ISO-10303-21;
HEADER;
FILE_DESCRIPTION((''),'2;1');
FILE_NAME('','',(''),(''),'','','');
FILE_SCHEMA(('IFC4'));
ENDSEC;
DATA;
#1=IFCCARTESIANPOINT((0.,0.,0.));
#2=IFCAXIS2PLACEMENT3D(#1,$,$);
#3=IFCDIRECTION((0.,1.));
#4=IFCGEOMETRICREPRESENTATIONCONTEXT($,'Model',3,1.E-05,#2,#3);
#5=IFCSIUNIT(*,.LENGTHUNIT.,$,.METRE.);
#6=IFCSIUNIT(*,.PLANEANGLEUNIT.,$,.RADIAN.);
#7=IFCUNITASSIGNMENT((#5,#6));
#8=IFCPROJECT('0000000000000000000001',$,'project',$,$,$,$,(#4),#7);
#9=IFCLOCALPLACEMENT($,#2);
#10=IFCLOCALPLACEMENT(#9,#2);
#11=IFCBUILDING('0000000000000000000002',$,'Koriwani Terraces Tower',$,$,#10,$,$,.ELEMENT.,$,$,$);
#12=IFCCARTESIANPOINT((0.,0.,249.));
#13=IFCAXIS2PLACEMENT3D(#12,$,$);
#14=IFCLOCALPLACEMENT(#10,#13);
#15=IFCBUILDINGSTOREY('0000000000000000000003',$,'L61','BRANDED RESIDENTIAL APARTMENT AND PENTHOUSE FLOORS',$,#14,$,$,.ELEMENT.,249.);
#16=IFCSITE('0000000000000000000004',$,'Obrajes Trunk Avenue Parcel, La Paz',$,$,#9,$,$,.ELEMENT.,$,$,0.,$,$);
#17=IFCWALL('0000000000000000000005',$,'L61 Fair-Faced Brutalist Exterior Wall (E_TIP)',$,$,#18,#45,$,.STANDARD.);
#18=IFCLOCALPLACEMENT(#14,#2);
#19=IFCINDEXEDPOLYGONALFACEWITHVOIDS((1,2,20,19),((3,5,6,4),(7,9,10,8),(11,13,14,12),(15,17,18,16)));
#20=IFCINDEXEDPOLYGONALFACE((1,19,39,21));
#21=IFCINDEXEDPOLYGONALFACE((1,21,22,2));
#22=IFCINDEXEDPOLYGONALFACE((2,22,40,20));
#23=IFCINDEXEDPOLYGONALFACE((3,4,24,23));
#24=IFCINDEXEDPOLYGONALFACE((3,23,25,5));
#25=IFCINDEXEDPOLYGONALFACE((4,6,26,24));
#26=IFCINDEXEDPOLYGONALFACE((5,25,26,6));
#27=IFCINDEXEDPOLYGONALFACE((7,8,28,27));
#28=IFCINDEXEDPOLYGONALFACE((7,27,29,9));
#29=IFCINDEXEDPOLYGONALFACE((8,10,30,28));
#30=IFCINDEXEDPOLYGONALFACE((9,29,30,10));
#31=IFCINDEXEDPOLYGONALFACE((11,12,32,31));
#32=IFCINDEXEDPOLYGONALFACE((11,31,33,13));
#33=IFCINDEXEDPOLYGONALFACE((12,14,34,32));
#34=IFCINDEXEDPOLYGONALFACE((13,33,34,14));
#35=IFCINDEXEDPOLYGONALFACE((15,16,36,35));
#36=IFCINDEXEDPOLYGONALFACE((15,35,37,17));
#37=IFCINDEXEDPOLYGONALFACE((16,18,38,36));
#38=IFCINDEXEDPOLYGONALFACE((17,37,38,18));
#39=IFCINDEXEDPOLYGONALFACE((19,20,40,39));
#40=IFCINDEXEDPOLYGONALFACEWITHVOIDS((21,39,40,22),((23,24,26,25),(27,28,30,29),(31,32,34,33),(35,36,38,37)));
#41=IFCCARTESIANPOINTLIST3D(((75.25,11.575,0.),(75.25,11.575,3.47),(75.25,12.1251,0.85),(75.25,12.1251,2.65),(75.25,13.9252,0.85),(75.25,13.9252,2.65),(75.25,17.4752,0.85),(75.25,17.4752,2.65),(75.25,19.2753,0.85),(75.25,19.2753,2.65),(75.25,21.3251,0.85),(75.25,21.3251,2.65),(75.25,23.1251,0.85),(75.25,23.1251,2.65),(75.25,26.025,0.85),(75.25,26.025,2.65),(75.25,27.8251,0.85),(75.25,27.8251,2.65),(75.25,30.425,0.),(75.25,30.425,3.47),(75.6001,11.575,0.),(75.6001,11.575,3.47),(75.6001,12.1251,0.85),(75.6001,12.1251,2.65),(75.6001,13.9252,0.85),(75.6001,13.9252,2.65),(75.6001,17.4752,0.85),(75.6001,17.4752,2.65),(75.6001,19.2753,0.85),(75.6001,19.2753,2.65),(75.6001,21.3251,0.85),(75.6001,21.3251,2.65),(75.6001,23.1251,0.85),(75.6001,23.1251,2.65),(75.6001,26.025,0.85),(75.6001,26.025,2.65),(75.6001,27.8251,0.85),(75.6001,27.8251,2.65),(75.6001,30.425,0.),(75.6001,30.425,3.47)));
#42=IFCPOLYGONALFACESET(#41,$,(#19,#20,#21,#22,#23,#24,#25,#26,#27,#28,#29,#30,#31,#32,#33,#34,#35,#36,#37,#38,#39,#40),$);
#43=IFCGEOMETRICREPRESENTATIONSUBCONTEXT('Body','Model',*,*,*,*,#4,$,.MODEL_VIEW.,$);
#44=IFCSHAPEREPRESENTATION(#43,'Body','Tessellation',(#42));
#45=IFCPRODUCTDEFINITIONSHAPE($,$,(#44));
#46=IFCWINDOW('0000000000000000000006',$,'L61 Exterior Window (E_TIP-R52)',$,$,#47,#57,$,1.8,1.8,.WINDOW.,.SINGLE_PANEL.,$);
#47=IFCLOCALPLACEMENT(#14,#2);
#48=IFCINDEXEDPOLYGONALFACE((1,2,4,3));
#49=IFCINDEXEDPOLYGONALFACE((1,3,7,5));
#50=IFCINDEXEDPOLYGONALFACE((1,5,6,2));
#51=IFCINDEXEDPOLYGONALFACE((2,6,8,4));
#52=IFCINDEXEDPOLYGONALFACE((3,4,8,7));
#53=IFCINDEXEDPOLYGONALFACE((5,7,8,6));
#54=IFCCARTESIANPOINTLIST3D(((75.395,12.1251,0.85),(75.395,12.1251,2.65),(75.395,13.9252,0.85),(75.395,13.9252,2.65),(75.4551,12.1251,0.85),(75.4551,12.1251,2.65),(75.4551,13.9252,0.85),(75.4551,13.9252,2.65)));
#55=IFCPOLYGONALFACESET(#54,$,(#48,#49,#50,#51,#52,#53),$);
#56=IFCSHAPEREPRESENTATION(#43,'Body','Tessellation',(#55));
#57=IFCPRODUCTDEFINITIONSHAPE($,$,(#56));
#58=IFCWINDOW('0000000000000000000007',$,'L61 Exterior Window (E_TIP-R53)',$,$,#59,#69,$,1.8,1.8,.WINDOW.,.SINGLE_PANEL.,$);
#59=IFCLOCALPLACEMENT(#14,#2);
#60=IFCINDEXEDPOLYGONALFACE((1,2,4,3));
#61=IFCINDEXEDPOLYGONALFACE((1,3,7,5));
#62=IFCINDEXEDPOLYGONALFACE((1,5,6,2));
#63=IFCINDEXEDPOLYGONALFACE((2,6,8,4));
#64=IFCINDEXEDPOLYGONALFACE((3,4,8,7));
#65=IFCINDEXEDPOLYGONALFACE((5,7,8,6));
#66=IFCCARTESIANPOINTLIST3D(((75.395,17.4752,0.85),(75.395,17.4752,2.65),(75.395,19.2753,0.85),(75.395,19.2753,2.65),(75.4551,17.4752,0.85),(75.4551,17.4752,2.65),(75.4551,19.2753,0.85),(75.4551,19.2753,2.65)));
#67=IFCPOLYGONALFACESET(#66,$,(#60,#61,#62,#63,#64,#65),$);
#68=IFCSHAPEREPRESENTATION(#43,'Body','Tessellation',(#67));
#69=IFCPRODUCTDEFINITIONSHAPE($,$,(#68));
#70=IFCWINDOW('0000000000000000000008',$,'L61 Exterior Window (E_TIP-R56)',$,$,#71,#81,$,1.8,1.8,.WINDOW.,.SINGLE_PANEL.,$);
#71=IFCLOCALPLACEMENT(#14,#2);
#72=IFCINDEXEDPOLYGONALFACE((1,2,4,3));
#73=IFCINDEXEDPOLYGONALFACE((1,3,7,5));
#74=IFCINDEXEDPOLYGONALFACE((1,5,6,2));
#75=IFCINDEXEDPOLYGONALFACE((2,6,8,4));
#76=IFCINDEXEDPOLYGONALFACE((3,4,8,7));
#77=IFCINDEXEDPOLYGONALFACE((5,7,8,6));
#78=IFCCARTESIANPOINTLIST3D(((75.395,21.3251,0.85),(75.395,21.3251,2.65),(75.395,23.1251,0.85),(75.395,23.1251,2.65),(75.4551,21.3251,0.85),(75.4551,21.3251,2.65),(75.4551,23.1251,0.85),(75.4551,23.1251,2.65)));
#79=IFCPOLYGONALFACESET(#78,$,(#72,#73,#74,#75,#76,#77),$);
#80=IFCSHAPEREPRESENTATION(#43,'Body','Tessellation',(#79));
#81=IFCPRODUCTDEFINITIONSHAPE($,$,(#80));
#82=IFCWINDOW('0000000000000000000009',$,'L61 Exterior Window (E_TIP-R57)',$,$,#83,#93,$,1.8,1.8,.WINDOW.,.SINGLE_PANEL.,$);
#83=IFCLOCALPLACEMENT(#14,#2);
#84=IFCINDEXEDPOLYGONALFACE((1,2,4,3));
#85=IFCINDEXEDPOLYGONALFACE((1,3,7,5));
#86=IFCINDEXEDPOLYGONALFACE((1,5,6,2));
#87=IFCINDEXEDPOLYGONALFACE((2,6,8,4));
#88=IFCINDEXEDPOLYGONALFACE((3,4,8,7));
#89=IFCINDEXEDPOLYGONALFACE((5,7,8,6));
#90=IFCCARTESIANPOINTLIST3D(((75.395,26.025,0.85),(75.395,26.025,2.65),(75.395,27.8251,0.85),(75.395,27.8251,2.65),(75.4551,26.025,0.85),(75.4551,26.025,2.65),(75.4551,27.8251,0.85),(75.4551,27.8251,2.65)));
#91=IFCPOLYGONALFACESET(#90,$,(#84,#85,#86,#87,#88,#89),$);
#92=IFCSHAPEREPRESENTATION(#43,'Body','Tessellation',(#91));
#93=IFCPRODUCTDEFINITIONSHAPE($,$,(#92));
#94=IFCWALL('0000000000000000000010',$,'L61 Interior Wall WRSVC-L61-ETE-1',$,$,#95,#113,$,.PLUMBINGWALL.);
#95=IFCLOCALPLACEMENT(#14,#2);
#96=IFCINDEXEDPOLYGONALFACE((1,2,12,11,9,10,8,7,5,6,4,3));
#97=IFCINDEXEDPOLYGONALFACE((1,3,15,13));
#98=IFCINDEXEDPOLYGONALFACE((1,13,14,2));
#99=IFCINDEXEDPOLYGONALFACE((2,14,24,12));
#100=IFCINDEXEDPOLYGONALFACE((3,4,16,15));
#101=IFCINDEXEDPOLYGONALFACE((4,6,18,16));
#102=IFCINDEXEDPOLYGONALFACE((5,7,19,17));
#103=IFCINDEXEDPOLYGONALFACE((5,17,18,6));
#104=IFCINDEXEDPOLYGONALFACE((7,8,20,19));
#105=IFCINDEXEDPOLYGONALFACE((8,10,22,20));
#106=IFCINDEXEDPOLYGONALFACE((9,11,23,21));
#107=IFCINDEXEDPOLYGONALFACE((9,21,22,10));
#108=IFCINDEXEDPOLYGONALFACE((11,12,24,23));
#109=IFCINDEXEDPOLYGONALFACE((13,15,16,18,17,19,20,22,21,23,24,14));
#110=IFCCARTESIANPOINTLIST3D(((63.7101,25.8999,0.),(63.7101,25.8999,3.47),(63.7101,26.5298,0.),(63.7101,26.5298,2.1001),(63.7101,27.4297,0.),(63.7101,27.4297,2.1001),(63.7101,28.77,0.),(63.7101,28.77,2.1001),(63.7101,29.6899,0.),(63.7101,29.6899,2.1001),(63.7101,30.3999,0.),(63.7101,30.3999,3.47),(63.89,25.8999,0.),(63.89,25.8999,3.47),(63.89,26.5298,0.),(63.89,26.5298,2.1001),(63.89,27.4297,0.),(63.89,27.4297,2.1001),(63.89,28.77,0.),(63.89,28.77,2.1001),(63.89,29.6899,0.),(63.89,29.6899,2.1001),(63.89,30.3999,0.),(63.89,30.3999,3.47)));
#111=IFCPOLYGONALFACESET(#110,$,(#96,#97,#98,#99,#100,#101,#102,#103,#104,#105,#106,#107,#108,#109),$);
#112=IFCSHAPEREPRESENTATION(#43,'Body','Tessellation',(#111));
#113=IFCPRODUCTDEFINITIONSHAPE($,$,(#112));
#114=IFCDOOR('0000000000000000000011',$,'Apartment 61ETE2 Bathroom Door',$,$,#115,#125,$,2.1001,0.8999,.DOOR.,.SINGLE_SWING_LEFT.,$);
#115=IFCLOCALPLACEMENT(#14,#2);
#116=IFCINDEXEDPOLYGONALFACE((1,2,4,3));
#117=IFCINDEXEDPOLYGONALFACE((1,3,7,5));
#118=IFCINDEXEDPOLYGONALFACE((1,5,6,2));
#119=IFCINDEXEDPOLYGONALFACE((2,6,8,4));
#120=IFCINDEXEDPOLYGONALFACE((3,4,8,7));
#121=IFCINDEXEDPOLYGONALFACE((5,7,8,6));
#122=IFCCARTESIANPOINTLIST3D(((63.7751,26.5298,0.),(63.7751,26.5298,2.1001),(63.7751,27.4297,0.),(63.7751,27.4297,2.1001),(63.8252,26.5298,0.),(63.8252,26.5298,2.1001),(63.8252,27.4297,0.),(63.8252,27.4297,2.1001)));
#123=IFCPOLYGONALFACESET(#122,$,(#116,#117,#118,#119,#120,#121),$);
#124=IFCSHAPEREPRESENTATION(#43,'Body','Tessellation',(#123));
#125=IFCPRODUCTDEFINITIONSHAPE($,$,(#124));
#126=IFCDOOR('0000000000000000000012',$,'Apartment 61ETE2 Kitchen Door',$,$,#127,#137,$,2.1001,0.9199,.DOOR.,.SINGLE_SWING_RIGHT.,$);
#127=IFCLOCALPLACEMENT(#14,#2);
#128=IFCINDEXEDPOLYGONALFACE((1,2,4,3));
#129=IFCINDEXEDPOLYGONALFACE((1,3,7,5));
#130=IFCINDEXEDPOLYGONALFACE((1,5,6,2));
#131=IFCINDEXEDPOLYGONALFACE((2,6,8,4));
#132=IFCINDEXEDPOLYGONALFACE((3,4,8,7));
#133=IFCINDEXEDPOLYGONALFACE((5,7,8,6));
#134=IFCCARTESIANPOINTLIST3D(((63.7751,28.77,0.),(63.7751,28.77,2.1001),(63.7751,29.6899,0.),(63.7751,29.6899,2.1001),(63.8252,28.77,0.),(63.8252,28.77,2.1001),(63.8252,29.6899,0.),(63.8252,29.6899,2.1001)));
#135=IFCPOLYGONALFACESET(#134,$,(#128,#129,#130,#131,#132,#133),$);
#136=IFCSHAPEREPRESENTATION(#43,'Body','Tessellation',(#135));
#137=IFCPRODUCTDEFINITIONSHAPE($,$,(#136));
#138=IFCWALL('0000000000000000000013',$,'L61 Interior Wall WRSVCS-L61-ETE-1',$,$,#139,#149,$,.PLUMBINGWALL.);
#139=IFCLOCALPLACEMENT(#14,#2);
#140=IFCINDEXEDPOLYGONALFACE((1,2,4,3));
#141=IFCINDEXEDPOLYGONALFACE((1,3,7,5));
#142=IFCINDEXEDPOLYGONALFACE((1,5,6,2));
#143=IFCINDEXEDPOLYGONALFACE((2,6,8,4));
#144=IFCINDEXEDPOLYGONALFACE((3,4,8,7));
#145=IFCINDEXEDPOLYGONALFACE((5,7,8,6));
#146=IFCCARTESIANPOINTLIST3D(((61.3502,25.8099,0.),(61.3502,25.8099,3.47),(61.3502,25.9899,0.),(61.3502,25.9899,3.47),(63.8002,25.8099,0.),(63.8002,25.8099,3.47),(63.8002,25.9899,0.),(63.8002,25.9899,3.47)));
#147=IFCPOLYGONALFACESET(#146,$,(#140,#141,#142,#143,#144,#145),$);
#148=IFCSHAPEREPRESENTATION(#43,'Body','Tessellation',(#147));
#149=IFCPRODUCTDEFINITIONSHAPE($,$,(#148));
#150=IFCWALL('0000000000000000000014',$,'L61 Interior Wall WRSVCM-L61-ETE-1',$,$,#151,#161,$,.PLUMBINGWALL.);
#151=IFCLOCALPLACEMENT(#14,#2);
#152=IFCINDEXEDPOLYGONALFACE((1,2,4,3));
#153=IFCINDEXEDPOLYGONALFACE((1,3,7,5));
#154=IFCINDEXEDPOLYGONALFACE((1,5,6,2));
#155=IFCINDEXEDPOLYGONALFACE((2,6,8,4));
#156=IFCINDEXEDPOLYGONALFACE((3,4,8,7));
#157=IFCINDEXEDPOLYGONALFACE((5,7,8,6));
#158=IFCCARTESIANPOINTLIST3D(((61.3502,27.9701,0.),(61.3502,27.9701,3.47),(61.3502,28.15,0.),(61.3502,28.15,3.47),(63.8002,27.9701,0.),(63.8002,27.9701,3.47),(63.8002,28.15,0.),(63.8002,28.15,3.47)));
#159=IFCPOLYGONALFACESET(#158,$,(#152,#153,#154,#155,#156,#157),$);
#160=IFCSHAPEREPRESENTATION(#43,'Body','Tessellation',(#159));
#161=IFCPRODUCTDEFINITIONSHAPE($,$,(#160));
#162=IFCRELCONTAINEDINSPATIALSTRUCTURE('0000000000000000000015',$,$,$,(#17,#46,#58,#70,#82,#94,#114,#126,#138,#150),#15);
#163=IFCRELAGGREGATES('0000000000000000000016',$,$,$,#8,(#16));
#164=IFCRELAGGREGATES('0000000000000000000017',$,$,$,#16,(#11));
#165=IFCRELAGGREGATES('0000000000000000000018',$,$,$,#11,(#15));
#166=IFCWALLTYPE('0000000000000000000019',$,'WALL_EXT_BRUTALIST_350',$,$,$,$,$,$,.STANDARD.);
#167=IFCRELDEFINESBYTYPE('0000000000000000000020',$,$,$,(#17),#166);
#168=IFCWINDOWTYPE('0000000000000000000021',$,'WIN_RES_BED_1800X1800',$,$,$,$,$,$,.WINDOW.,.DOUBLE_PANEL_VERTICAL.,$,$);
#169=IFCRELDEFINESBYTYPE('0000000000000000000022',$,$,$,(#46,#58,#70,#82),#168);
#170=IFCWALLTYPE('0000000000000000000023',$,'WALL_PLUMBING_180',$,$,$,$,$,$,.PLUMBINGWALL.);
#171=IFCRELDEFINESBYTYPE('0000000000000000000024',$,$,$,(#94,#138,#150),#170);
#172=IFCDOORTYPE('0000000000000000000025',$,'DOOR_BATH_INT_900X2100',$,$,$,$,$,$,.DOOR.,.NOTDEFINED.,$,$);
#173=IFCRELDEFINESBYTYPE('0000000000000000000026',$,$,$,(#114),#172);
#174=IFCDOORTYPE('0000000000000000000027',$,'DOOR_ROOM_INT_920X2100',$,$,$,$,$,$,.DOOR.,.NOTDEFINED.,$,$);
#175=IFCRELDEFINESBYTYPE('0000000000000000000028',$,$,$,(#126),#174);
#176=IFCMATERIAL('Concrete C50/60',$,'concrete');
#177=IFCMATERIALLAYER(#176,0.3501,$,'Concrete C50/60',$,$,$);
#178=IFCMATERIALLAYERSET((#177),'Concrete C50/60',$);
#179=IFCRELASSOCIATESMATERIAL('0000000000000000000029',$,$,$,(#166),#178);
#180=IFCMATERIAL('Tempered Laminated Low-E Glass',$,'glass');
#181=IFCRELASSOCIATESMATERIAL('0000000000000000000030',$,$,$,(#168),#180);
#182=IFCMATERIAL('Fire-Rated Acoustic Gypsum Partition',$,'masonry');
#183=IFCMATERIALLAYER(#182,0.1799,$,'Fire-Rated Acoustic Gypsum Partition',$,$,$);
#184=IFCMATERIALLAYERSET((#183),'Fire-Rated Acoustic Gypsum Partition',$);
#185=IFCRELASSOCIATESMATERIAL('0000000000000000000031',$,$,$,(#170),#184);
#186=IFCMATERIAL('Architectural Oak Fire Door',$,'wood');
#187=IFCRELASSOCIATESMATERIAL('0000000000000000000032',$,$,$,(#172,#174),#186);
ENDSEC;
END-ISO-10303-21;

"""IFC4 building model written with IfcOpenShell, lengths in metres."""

from ifc_helpers import new_model, si_unit, direction, frame, frame_2d, origin, place, context, subcontext, project, spatial, rectangle, extrude, material, layer, layer_set, type_object, element, fill, save


model = new_model("IFC4")

# Units and contexts
model_context = context("Model", 3, precision=1e-05, world=origin(), true_north=direction((0.0, 1.0)))
body_context = subcontext(model_context, "Body", "Model", "MODEL_VIEW")
ifc_project = project(units=[si_unit("LENGTHUNIT", "METRE"), si_unit("PLANEANGLEUNIT", "RADIAN")], contexts=[model_context])

# Site, building, storey
site_placement = place(None, origin())
site = spatial("IfcSite", under=ifc_project, at=site_placement, Name="Obrajes Trunk Avenue Parcel, La Paz", CompositionType="ELEMENT", RefElevation=0.0)
building_placement = place(site_placement, origin())
building = spatial("IfcBuilding", under=site, at=building_placement, Name="Koriwani Terraces Tower", CompositionType="ELEMENT")
storey_placement = place(building_placement, frame((0.0, 0.0, 249.0)))
storey = spatial("IfcBuildingStorey", under=building, at=storey_placement, Name="L61", Description="BRANDED RESIDENTIAL APARTMENT AND PENTHOUSE FLOORS", CompositionType="ELEMENT", Elevation=249.0)

# Shared definitions
ifc_material_1 = material(Name="Concrete C50/60", Category="concrete")

# Shared definitions
ifc_layer_1 = layer(ifc_material_1, 0.3501, Name="Concrete C50/60")
ifc_layer_set_1 = layer_set([ifc_layer_1], Name="Concrete C50/60")
wall_type_1 = type_object("IfcWallType", Name="WALL_EXT_BRUTALIST_350", PredefinedType="STANDARD", material=ifc_layer_set_1)

# Shared definitions
ifc_material_2 = material(Name="Tempered Laminated Low-E Glass", Category="glass")
window_type = type_object("IfcWindowType", Name="WIN_RES_BED_1800X1800", PartitioningType="DOUBLE_PANEL_VERTICAL", PredefinedType="WINDOW", material=ifc_material_2)

# Wall, openings, windows
wall_1_placement = place(storey_placement, frame((75.425, 30.425, 0.0), z_axis=(0.0, 0.0, 1.0), x_axis=(0.0, -1.0, 0.0)))
wall_1 = element("IfcWall", 1, at=wall_1_placement, inside=storey, type_object=wall_type_1, Name="L61 Fair-Faced Brutalist Exterior Wall (E_TIP)", PredefinedType="STANDARD", context=body_context, shape_type="SweptSolid", body=[
    extrude(rectangle(XDim=18.8501, YDim=0.3501, at=frame_2d((9.425, 0.0))), origin(), (0.0, 0.0, 1.0), 3.47),
])
opening_1_placement = place(wall_1_placement, frame((16.5, 0.0, 0.8501)))
opening_1 = element("IfcOpeningElement", 2, at=opening_1_placement, cuts=wall_1, PredefinedType="OPENING", context=body_context, shape_type="SweptSolid", body=[
    extrude(rectangle(XDim=1.8, YDim=1.8, at=frame_2d((0.8999, 0.8999))), frame((0.0, 0.1851, 0.0), z_axis=(0.0, -1.0, 0.0), x_axis=(1.0, 0.0, 0.0)), (0.0, 0.0, 1.0), 0.3701),
])
opening_2_placement = place(wall_1_placement, frame((11.1499, 0.0, 0.8501)))
opening_2 = element("IfcOpeningElement", 3, at=opening_2_placement, cuts=wall_1, PredefinedType="OPENING", context=body_context, shape_type="SweptSolid", body=[
    extrude(rectangle(XDim=1.8, YDim=1.8, at=frame_2d((0.8999, 0.8999))), frame((0.0, 0.1851, 0.0), z_axis=(0.0, -1.0, 0.0), x_axis=(1.0, 0.0, 0.0)), (0.0, 0.0, 1.0), 0.3701),
])
opening_3_placement = place(wall_1_placement, frame((7.3, 0.0, 0.8501)))
opening_3 = element("IfcOpeningElement", 4, at=opening_3_placement, cuts=wall_1, PredefinedType="OPENING", context=body_context, shape_type="SweptSolid", body=[
    extrude(rectangle(XDim=1.8, YDim=1.8, at=frame_2d((0.8999, 0.8999))), frame((0.0, 0.1851, 0.0), z_axis=(0.0, -1.0, 0.0), x_axis=(1.0, 0.0, 0.0)), (0.0, 0.0, 1.0), 0.3701),
])
opening_4_placement = place(wall_1_placement, frame((2.6001, 0.0, 0.8501)))
opening_4 = element("IfcOpeningElement", 5, at=opening_4_placement, cuts=wall_1, PredefinedType="OPENING", context=body_context, shape_type="SweptSolid", body=[
    extrude(rectangle(XDim=1.8, YDim=1.8, at=frame_2d((0.8999, 0.8999))), frame((0.0, 0.1851, 0.0), z_axis=(0.0, -1.0, 0.0), x_axis=(1.0, 0.0, 0.0)), (0.0, 0.0, 1.0), 0.3701),
])
window_1_placement = place(opening_1_placement, origin())
window_1 = element("IfcWindow", 6, at=window_1_placement, inside=storey, type_object=window_type, Name="L61 Exterior Window (E_TIP-R52)", OverallHeight=1.8, OverallWidth=1.8, PartitioningType="SINGLE_PANEL", PredefinedType="WINDOW", context=body_context, shape_type="SweptSolid", body=[
    extrude(rectangle(XDim=1.8, YDim=1.8, at=frame_2d((0.8999, 0.8999))), frame((0.0, 0.03, 0.0), z_axis=(0.0, -1.0, 0.0), x_axis=(1.0, 0.0, 0.0)), (0.0, 0.0, 1.0), 0.0601),
])
fill(opening_1, window_1)
window_2_placement = place(opening_2_placement, origin())
window_2 = element("IfcWindow", 7, at=window_2_placement, inside=storey, type_object=window_type, Name="L61 Exterior Window (E_TIP-R53)", OverallHeight=1.8, OverallWidth=1.8, PartitioningType="SINGLE_PANEL", PredefinedType="WINDOW", context=body_context, shape_type="SweptSolid", body=[
    extrude(rectangle(XDim=1.8, YDim=1.8, at=frame_2d((0.8999, 0.8999))), frame((0.0, 0.03, 0.0), z_axis=(0.0, -1.0, 0.0), x_axis=(1.0, 0.0, 0.0)), (0.0, 0.0, 1.0), 0.0601),
])
fill(opening_2, window_2)
window_3_placement = place(opening_3_placement, origin())
window_3 = element("IfcWindow", 8, at=window_3_placement, inside=storey, type_object=window_type, Name="L61 Exterior Window (E_TIP-R56)", OverallHeight=1.8, OverallWidth=1.8, PartitioningType="SINGLE_PANEL", PredefinedType="WINDOW", context=body_context, shape_type="SweptSolid", body=[
    extrude(rectangle(XDim=1.8, YDim=1.8, at=frame_2d((0.8999, 0.8999))), frame((0.0, 0.03, 0.0), z_axis=(0.0, -1.0, 0.0), x_axis=(1.0, 0.0, 0.0)), (0.0, 0.0, 1.0), 0.0601),
])
fill(opening_3, window_3)
window_4_placement = place(opening_4_placement, origin())
window_4 = element("IfcWindow", 9, at=window_4_placement, inside=storey, type_object=window_type, Name="L61 Exterior Window (E_TIP-R57)", OverallHeight=1.8, OverallWidth=1.8, PartitioningType="SINGLE_PANEL", PredefinedType="WINDOW", context=body_context, shape_type="SweptSolid", body=[
    extrude(rectangle(XDim=1.8, YDim=1.8, at=frame_2d((0.8999, 0.8999))), frame((0.0, 0.03, 0.0), z_axis=(0.0, -1.0, 0.0), x_axis=(1.0, 0.0, 0.0)), (0.0, 0.0, 1.0), 0.0601),
])
fill(opening_4, window_4)

# Wall, openings, doors
ifc_material_3 = material(Name="Fire-Rated Acoustic Gypsum Partition", Category="masonry")
ifc_layer_2 = layer(ifc_material_3, 0.1799, Name="Fire-Rated Acoustic Gypsum Partition")
ifc_layer_set_2 = layer_set([ifc_layer_2], Name="Fire-Rated Acoustic Gypsum Partition")
wall_type_2 = type_object("IfcWallType", Name="WALL_PLUMBING_180", PredefinedType="PLUMBINGWALL", material=ifc_layer_set_2)
wall_2_placement = place(storey_placement, frame((63.8, 25.8999, 0.0), z_axis=(0.0, 0.0, 1.0), x_axis=(0.0, 1.0, 0.0)))
wall_2 = element("IfcWall", 10, at=wall_2_placement, inside=storey, type_object=wall_type_2, Name="L61 Interior Wall WRSVC-L61-ETE-1", PredefinedType="PLUMBINGWALL", context=body_context, shape_type="SweptSolid", body=[
    extrude(rectangle(XDim=4.5, YDim=0.1799, at=frame_2d((2.25, 0.0))), origin(), (0.0, 0.0, 1.0), 3.47),
])
opening_5_placement = place(wall_2_placement, frame((0.6299, 0.0, 0.0)))
opening_5 = element("IfcOpeningElement", 11, at=opening_5_placement, cuts=wall_2, PredefinedType="OPENING", context=body_context, shape_type="SweptSolid", body=[
    extrude(rectangle(XDim=0.8999, YDim=2.1001, at=frame_2d((0.45, 1.05))), frame((0.0, 0.1001, 0.0), z_axis=(0.0, -1.0, 0.0), x_axis=(1.0, 0.0, 0.0)), (0.0, 0.0, 1.0), 0.2),
])
opening_6_placement = place(wall_2_placement, frame((2.8701, 0.0, 0.0)))
opening_6 = element("IfcOpeningElement", 12, at=opening_6_placement, cuts=wall_2, PredefinedType="OPENING", context=body_context, shape_type="SweptSolid", body=[
    extrude(rectangle(XDim=0.9199, YDim=2.1001, at=frame_2d((0.46, 1.05))), frame((0.0, 0.1001, 0.0), z_axis=(0.0, -1.0, 0.0), x_axis=(1.0, 0.0, 0.0)), (0.0, 0.0, 1.0), 0.2),
])
ifc_material_4 = material(Name="Architectural Oak Fire Door", Category="wood")
door_type_1 = type_object("IfcDoorType", Name="DOOR_BATH_INT_900X2100", OperationType="NOTDEFINED", PredefinedType="DOOR", material=ifc_material_4)
door_1_placement = place(opening_5_placement, origin())
door_1 = element("IfcDoor", 13, at=door_1_placement, inside=storey, type_object=door_type_1, Name="Apartment 61ETE2 Bathroom Door", OperationType="SINGLE_SWING_LEFT", OverallHeight=2.1001, OverallWidth=0.8999, PredefinedType="DOOR", context=body_context, shape_type="SweptSolid", body=[
    extrude(rectangle(XDim=0.8999, YDim=2.1001, at=frame_2d((0.45, 1.05))), frame((0.0, 0.0249, 0.0), z_axis=(0.0, -1.0, 0.0), x_axis=(1.0, 0.0, 0.0)), (0.0, 0.0, 1.0), 0.05),
])
fill(opening_5, door_1)
door_type_2 = type_object("IfcDoorType", Name="DOOR_ROOM_INT_920X2100", OperationType="NOTDEFINED", PredefinedType="DOOR", material=ifc_material_4)
door_2_placement = place(opening_6_placement, origin())
door_2 = element("IfcDoor", 14, at=door_2_placement, inside=storey, type_object=door_type_2, Name="Apartment 61ETE2 Kitchen Door", OperationType="SINGLE_SWING_RIGHT", OverallHeight=2.1001, OverallWidth=0.9199, PredefinedType="DOOR", context=body_context, shape_type="SweptSolid", body=[
    extrude(rectangle(XDim=0.9199, YDim=2.1001, at=frame_2d((0.46, 1.05))), frame((0.0, 0.0249, 0.0), z_axis=(0.0, -1.0, 0.0), x_axis=(1.0, 0.0, 0.0)), (0.0, 0.0, 1.0), 0.05),
])
fill(opening_6, door_2)

# Walls
for number, where, z_axis, x_axis, name in (
    (15, (61.3501, 25.8999, 0.0), (0.0, 0.0, 1.0), (1.0, 0.0, 0.0), "L61 Interior Wall WRSVCS-L61-ETE-1"),
    (16, (61.3501, 28.0601, 0.0), (0.0, 0.0, 1.0), (1.0, 0.0, 0.0), "L61 Interior Wall WRSVCM-L61-ETE-1"),
):
    element("IfcWall", number, at=place(storey_placement, frame(where, z_axis=z_axis, x_axis=x_axis)), inside=storey, type_object=wall_type_2, Name=name, PredefinedType="PLUMBINGWALL", context=body_context, shape_type="SweptSolid", body=[
        extrude(rectangle(XDim=2.45, YDim=0.1799, at=frame_2d((1.2251, 0.0))), origin(), (0.0, 0.0, 1.0), 3.47),
    ])

save(model, "model.ifc")
